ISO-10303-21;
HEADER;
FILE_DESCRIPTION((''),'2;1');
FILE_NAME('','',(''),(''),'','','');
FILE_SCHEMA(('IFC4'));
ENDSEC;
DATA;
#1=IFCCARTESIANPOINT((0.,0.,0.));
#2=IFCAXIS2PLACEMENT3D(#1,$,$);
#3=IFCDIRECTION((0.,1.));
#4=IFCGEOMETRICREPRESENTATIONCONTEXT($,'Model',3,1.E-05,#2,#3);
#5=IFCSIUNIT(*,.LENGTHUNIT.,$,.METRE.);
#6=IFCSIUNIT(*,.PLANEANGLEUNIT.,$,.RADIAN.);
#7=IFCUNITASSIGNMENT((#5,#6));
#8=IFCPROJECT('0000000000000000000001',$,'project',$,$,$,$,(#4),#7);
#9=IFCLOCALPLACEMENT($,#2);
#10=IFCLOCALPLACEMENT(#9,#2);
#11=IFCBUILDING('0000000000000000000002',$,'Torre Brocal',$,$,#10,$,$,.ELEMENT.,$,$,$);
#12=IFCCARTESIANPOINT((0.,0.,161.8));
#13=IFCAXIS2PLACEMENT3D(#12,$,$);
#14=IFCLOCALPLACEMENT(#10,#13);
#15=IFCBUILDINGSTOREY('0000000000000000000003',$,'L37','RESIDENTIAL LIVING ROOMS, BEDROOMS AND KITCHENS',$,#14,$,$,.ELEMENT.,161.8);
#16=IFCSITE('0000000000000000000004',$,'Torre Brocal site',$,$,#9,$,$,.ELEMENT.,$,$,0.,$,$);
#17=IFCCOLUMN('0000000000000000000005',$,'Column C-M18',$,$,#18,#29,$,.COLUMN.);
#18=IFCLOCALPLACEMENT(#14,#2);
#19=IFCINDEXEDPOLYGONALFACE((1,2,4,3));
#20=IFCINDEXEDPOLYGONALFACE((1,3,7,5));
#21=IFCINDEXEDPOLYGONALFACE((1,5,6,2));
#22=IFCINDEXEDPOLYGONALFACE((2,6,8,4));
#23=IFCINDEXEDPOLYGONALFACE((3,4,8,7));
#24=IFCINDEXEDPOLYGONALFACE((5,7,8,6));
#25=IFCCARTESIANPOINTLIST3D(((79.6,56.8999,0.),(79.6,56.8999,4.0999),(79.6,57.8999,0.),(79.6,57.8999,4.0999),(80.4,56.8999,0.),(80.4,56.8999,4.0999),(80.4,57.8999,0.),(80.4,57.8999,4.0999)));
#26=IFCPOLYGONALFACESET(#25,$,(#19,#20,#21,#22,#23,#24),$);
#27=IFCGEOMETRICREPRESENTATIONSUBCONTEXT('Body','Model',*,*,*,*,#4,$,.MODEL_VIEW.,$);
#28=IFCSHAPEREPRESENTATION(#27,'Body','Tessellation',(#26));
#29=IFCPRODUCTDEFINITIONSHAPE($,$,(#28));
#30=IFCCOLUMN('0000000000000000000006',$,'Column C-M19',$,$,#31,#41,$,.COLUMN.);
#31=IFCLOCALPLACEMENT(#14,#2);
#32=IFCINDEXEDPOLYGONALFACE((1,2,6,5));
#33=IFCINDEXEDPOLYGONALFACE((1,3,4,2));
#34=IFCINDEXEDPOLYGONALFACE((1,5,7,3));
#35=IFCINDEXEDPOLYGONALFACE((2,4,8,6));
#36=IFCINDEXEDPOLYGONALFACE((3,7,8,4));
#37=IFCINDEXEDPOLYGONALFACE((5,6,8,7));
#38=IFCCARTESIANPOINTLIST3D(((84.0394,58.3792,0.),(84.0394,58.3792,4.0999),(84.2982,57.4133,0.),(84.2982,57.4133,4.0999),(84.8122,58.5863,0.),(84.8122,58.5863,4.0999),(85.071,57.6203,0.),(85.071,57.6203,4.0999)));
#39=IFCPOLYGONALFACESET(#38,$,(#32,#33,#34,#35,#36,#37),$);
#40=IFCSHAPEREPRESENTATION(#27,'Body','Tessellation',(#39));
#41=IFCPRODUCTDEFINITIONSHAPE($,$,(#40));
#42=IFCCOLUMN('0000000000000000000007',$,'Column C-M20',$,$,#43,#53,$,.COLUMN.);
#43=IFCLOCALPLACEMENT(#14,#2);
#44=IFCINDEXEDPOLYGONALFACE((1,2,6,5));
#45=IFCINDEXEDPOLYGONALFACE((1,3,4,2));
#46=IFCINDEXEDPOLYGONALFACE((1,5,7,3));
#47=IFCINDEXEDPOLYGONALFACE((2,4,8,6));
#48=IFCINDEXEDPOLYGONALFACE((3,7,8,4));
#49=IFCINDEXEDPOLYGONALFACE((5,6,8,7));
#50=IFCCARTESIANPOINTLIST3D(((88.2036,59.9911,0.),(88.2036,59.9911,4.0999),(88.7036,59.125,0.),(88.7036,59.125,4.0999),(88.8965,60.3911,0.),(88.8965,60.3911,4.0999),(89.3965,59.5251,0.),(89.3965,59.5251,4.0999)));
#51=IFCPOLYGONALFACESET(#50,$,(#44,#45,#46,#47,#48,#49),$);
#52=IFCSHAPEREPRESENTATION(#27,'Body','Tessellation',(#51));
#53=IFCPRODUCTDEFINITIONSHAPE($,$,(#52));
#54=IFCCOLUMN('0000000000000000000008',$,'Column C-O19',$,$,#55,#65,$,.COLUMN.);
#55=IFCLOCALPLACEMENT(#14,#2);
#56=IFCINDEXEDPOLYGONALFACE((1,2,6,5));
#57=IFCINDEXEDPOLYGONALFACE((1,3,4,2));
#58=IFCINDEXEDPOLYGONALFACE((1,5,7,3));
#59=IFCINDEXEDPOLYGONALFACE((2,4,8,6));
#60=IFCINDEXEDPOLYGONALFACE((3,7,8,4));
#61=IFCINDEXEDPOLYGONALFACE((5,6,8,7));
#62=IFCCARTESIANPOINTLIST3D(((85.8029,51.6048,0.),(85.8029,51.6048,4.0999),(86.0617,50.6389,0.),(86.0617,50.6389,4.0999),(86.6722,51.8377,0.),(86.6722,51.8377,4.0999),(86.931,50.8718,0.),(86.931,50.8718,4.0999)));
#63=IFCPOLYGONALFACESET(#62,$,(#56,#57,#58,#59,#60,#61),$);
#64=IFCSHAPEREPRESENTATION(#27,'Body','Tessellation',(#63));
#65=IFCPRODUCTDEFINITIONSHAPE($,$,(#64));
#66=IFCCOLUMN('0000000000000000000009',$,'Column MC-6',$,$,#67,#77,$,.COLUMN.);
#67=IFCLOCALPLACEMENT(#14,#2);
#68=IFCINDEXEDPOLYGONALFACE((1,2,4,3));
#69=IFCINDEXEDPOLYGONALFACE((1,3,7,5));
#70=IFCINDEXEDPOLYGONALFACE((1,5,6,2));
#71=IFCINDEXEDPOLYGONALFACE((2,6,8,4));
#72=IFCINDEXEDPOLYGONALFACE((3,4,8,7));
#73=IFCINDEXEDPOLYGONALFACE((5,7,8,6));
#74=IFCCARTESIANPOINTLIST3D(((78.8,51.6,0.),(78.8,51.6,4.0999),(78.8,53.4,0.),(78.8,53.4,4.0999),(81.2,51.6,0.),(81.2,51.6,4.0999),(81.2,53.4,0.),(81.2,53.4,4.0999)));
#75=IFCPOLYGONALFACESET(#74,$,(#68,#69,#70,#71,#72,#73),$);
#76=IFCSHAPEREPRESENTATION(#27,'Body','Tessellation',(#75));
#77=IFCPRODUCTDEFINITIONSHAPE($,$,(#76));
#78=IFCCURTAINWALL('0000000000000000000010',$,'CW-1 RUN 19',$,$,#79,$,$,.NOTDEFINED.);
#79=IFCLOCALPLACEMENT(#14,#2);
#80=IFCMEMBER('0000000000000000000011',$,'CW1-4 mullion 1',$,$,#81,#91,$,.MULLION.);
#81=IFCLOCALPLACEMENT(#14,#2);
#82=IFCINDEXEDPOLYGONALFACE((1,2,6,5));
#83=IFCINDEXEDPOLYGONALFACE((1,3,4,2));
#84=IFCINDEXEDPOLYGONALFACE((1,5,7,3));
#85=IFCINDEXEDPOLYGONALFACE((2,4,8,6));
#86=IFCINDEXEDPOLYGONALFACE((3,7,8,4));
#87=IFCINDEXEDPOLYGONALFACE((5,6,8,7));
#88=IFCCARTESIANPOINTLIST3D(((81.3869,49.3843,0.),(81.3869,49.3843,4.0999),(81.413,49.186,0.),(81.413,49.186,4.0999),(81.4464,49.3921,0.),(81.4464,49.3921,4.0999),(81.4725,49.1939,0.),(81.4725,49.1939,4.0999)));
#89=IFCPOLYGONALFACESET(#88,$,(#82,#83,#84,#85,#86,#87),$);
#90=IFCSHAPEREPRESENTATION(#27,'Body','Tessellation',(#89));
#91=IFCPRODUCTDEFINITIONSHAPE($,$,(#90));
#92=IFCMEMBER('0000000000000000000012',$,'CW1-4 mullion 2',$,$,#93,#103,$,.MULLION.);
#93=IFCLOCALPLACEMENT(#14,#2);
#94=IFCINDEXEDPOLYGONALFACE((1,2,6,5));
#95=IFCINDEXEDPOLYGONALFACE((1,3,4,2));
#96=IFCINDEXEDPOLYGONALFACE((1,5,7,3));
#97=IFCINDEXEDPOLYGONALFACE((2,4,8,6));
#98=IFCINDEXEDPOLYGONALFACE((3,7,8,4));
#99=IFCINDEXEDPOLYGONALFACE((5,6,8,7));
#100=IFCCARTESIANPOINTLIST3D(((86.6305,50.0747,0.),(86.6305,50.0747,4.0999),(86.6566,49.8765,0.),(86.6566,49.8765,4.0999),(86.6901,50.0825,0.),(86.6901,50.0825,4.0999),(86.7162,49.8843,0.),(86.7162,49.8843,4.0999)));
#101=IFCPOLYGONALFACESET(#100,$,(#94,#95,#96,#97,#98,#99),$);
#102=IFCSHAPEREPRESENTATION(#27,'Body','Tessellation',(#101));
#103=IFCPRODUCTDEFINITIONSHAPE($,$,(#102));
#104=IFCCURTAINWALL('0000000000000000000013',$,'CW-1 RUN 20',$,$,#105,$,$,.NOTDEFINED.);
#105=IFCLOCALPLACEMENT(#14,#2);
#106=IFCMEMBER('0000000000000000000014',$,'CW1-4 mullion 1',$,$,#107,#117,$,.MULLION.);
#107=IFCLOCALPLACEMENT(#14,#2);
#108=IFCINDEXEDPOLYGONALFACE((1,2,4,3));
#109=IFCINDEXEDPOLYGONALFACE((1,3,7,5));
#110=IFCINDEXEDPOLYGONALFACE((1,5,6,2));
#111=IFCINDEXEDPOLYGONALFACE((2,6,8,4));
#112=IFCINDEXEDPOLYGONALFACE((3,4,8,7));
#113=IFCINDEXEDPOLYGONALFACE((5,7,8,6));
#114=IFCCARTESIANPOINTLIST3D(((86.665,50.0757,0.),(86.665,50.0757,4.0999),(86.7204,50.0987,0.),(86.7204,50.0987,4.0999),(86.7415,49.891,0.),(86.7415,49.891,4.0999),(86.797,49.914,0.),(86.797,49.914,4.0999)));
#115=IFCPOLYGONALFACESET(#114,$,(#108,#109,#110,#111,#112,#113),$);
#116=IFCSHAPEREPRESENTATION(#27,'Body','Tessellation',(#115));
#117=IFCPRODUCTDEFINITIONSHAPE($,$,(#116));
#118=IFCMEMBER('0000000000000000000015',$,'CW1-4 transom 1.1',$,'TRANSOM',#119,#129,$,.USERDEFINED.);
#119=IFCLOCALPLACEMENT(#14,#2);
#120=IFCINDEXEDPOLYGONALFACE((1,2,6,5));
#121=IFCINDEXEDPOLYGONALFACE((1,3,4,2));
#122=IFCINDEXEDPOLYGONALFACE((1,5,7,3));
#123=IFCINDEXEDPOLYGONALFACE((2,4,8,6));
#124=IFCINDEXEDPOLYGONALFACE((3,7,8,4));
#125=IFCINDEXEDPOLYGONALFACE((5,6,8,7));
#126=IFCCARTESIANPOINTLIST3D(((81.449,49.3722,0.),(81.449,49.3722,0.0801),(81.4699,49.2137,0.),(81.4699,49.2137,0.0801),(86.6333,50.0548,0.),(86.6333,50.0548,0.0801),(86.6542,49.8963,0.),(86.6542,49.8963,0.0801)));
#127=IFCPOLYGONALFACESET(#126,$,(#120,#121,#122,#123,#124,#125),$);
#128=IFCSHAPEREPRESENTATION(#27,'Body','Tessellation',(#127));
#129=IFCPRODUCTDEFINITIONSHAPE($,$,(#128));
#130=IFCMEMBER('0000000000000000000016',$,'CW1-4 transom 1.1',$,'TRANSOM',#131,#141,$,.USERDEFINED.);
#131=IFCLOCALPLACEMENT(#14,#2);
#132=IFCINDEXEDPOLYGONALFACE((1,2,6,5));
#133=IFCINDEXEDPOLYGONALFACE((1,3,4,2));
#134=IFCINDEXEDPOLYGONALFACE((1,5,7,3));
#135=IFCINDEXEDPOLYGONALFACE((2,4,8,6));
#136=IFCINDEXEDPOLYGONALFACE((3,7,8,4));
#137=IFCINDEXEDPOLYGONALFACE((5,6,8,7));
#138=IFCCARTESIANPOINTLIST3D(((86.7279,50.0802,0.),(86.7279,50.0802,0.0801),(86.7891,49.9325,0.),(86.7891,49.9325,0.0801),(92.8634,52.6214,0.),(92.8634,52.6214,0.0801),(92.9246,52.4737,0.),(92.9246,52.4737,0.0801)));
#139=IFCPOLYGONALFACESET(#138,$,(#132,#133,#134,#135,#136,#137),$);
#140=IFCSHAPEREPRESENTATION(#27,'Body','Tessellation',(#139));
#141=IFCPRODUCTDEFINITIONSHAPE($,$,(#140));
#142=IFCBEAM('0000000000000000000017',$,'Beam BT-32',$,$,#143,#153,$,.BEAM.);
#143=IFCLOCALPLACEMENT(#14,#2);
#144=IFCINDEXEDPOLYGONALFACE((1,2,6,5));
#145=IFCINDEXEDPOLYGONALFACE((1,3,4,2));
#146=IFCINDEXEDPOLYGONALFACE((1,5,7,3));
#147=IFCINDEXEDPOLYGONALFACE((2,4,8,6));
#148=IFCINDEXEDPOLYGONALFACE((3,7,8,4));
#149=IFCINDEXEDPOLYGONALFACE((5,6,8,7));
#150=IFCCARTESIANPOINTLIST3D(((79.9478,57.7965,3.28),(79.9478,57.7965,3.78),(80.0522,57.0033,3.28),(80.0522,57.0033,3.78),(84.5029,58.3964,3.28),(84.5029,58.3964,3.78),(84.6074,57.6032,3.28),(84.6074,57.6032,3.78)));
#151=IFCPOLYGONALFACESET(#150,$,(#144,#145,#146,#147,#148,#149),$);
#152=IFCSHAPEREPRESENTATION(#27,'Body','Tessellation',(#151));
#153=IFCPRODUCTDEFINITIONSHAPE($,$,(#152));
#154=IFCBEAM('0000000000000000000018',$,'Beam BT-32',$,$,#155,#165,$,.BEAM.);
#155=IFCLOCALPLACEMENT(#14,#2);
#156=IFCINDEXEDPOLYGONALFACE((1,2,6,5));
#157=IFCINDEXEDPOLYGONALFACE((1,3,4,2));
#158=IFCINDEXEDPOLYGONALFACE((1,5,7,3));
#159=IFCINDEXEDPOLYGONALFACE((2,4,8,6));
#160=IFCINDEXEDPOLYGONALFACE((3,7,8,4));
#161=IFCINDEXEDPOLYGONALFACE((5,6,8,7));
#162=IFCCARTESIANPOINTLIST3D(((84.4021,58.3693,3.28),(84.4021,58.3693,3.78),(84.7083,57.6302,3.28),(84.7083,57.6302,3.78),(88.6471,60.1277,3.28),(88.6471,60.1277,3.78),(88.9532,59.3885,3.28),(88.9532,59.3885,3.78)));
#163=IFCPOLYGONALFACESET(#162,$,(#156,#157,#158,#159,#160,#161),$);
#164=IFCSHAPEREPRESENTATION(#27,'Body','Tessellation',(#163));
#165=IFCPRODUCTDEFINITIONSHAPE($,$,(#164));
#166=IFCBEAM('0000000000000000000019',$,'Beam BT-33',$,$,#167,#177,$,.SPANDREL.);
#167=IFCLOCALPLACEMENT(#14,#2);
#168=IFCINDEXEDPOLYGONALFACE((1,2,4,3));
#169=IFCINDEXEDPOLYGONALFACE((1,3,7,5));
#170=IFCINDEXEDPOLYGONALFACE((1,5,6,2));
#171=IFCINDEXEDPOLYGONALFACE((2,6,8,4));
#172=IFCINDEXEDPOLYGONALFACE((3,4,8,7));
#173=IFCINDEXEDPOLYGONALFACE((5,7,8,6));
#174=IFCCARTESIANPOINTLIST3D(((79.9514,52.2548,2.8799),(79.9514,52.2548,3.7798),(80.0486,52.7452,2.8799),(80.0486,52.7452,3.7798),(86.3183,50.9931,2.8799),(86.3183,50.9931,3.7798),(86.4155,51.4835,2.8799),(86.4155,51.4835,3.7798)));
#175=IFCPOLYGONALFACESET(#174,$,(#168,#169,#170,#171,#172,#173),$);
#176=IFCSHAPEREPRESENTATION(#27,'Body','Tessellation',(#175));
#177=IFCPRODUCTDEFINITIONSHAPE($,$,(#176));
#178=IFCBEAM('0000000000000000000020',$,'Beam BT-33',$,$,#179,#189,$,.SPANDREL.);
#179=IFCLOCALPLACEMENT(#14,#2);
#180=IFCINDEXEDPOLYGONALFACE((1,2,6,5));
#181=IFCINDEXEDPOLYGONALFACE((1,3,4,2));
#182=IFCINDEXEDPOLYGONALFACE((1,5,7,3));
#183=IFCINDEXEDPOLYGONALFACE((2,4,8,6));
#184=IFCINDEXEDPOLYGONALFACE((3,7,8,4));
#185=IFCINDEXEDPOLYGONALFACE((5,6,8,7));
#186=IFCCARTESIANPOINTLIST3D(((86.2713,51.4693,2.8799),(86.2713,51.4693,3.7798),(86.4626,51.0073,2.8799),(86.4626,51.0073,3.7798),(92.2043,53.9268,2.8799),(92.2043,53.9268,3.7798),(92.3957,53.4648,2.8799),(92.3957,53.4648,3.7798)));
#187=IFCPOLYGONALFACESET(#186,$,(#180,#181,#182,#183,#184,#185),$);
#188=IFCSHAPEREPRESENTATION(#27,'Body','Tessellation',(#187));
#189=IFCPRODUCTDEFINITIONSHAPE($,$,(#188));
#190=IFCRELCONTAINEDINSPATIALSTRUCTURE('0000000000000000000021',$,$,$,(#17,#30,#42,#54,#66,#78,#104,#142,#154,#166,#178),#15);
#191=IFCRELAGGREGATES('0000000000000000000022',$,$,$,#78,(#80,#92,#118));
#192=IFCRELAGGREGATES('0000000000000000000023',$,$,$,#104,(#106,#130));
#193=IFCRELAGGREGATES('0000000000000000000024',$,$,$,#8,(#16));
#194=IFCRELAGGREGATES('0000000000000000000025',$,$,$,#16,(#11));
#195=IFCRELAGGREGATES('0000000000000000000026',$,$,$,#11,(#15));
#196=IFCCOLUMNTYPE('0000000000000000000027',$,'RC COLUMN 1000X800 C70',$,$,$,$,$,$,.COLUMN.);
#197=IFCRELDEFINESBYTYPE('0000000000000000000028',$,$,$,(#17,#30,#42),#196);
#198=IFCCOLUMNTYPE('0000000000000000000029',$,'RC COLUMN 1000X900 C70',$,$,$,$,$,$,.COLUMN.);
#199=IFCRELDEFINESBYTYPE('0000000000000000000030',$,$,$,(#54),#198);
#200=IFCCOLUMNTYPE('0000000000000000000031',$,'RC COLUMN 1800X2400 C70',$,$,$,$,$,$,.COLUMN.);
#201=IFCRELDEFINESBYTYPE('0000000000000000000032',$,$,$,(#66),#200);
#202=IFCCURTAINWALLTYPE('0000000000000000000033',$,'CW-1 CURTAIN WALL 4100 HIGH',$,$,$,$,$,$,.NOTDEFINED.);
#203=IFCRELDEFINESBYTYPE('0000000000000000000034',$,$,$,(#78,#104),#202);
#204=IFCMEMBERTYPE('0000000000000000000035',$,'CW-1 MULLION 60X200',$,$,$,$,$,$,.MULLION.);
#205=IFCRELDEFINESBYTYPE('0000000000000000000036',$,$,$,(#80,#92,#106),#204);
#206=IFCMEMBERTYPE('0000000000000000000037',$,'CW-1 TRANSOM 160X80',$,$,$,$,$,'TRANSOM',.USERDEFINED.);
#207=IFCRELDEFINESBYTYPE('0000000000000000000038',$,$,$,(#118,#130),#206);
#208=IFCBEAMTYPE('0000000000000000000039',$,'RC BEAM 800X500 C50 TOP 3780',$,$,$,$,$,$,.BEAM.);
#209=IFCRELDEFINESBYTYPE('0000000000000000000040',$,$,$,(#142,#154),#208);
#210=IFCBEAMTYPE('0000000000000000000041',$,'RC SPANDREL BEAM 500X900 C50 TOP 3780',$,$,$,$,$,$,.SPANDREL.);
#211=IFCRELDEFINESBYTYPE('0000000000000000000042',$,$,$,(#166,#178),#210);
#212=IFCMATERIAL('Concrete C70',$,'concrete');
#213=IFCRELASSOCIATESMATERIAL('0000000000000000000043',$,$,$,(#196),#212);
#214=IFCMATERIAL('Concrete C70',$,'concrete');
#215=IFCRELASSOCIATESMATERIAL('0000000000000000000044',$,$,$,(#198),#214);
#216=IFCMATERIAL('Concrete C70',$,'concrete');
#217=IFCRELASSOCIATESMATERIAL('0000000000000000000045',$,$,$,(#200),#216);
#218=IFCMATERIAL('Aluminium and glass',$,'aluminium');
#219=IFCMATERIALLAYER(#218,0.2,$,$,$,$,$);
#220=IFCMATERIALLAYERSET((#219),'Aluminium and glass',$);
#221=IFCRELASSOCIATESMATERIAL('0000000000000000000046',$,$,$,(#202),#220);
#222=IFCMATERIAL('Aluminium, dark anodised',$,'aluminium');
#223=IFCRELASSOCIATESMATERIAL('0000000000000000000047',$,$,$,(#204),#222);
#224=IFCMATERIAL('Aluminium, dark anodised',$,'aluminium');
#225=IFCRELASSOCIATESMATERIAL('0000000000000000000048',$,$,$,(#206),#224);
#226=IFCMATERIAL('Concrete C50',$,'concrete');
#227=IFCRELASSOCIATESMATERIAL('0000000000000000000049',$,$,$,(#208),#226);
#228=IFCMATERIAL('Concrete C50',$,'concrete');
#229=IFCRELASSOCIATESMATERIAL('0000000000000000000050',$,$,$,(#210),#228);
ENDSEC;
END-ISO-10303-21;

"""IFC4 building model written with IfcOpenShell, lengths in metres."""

from ifc_helpers import new_model, si_unit, direction, frame, origin, origin_2d, place, context, subcontext, project, spatial, rectangle, extrude, material, layer, layer_set, material_profile, profile_set, type_object, element, aggregate, save


model = new_model("IFC4")

# Units and contexts
model_context = context("Model", 3, precision=1e-05, world=origin(), true_north=direction((0.0, 1.0)))
body_context = subcontext(model_context, "Body", "Model", "MODEL_VIEW")
ifc_project = project(units=[si_unit("LENGTHUNIT", "METRE"), si_unit("PLANEANGLEUNIT", "RADIAN")], contexts=[model_context])

# Site, building, storey
site_placement = place(None, origin())
site = spatial("IfcSite", under=ifc_project, at=site_placement, Name="Torre Brocal site", CompositionType="ELEMENT", RefElevation=0.0)
building_placement = place(site_placement, origin())
building = spatial("IfcBuilding", under=site, at=building_placement, Name="Torre Brocal", CompositionType="ELEMENT")
storey_placement = place(building_placement, frame((0.0, 0.0, 161.8)))
storey = spatial("IfcBuildingStorey", under=building, at=storey_placement, Name="L37", Description="RESIDENTIAL LIVING ROOMS, BEDROOMS AND KITCHENS", CompositionType="ELEMENT", Elevation=161.8)

# Columns
ifc_material_1 = material(Name="Concrete C70", Category="concrete")
ifc_material_profile_1 = material_profile(ifc_material_1, rectangle(XDim=1.0, YDim=0.8, at=origin_2d()), Name="RC 1000X800")
ifc_profile_set_1 = profile_set([ifc_material_profile_1], Name="Concrete C70")
column_type_1 = type_object("IfcColumnType", Name="RC COLUMN 1000X800 C70", PredefinedType="COLUMN", material=ifc_profile_set_1)
for number, where, z_axis, x_axis, name in (
    (1, (80.0, 57.3999, 0.0), (0.0, 0.0, 1.0), (0.0, -1.0, 0.0), "Column C-M18"),
    (2, (84.5552, 57.9998, 0.0), (0.0, 0.0, 1.0), (0.258819, -0.965926, 0.0), "Column C-M19"),
    (3, (88.8, 59.7581, 0.0), (0.0, 0.0, 1.0), (0.5, -0.866025, 0.0), "Column C-M20"),
):
    element("IfcColumn", number, at=place(storey_placement, frame(where, z_axis=z_axis, x_axis=x_axis)), inside=storey, type_object=column_type_1, Name=name, PredefinedType="COLUMN", context=body_context, shape_type="SweptSolid", body=[
        extrude(rectangle(XDim=1.0, YDim=0.8, at=origin_2d()), origin(), (0.0, 0.0, 1.0), 4.0999),
    ])
ifc_material_2 = material(Name="Concrete C70", Category="concrete")
ifc_material_profile_2 = material_profile(ifc_material_2, rectangle(XDim=1.0, YDim=0.8999, at=origin_2d()), Name="RC 1000X900")
ifc_profile_set_2 = profile_set([ifc_material_profile_2], Name="Concrete C70")
column_type_2 = type_object("IfcColumnType", Name="RC COLUMN 1000X900 C70", PredefinedType="COLUMN", material=ifc_profile_set_2)
column_1_placement = place(storey_placement, frame((86.3669, 51.2383, 0.0), z_axis=(0.0, 0.0, 1.0), x_axis=(0.258819, -0.965926, 0.0)))
element("IfcColumn", 4, at=column_1_placement, inside=storey, type_object=column_type_2, Name="Column C-O19", PredefinedType="COLUMN", context=body_context, shape_type="SweptSolid", body=[
    extrude(rectangle(XDim=1.0, YDim=0.8999, at=origin_2d()), origin(), (0.0, 0.0, 1.0), 4.0999),
])
ifc_material_3 = material(Name="Concrete C70", Category="concrete")
ifc_material_profile_3 = material_profile(ifc_material_3, rectangle(XDim=1.8, YDim=2.3999, at=origin_2d()), Name="RC 1800X2400")
ifc_profile_set_3 = profile_set([ifc_material_profile_3], Name="Concrete C70")
column_type_3 = type_object("IfcColumnType", Name="RC COLUMN 1800X2400 C70", PredefinedType="COLUMN", material=ifc_profile_set_3)
column_2_placement = place(storey_placement, frame((80.0, 52.5, 0.0), z_axis=(0.0, 0.0, 1.0), x_axis=(0.0, -1.0, 0.0)))
element("IfcColumn", 5, at=column_2_placement, inside=storey, type_object=column_type_3, Name="Column MC-6", PredefinedType="COLUMN", context=body_context, shape_type="SweptSolid", body=[
    extrude(rectangle(XDim=1.8, YDim=2.3999, at=origin_2d()), origin(), (0.0, 0.0, 1.0), 4.0999),
])

# Curtain wall, members
ifc_material_4 = material(Name="Aluminium and glass", Category="aluminium")
ifc_layer_1 = layer(ifc_material_4, 0.2)
ifc_layer_set_1 = layer_set([ifc_layer_1], Name="Aluminium and glass")
curtain_wall_type = type_object("IfcCurtainWallType", Name="CW-1 CURTAIN WALL 4100 HIGH", PredefinedType="NOTDEFINED", material=ifc_layer_set_1)
curtain_wall_1_placement = place(storey_placement, origin())
curtain_wall_1 = element("IfcCurtainWall", 6, at=curtain_wall_1_placement, inside=storey, type_object=curtain_wall_type, Name="CW-1 RUN 19", PredefinedType="NOTDEFINED")
ifc_material_5 = material(Name="Aluminium, dark anodised", Category="aluminium")
ifc_material_profile_4 = material_profile(ifc_material_5, rectangle(XDim=0.2, YDim=0.0601, at=origin_2d()), Name="CW-1 MULLION 60X200")
ifc_profile_set_4 = profile_set([ifc_material_profile_4], Name="Aluminium, dark anodised")
member_type_1 = type_object("IfcMemberType", Name="CW-1 MULLION 60X200", PredefinedType="MULLION", material=ifc_profile_set_4)
member_1_placement = place(storey_placement, frame((81.4297, 49.2891, 0.0), z_axis=(0.0, 0.0, 1.0), x_axis=(-0.130526, 0.991445, 0.0)))
member_1 = element("IfcMember", 7, at=member_1_placement, type_object=member_type_1, Name="CW1-4 mullion 1", PredefinedType="MULLION", context=body_context, shape_type="SweptSolid", body=[
    extrude(rectangle(XDim=0.2, YDim=0.0601, at=origin_2d()), origin(), (0.0, 0.0, 1.0), 4.0999),
])
member_2_placement = place(storey_placement, frame((86.6733, 49.9795, 0.0), z_axis=(0.0, 0.0, 1.0), x_axis=(-0.130526, 0.991445, 0.0)))
member_2 = element("IfcMember", 8, at=member_2_placement, type_object=member_type_1, Name="CW1-4 mullion 2", PredefinedType="MULLION", context=body_context, shape_type="SweptSolid", body=[
    extrude(rectangle(XDim=0.2, YDim=0.0601, at=origin_2d()), origin(), (0.0, 0.0, 1.0), 4.0999),
])

# Curtain wall, member
curtain_wall_2_placement = place(storey_placement, origin())
curtain_wall_2 = element("IfcCurtainWall", 9, at=curtain_wall_2_placement, inside=storey, type_object=curtain_wall_type, Name="CW-1 RUN 20", PredefinedType="NOTDEFINED")
member_3_placement = place(storey_placement, frame((86.731, 49.9949, 0.0), z_axis=(0.0, 0.0, 1.0), x_axis=(-0.382683, 0.92388, 0.0)))
member_3 = element("IfcMember", 10, at=member_3_placement, type_object=member_type_1, Name="CW1-4 mullion 1", PredefinedType="MULLION", context=body_context, shape_type="SweptSolid", body=[
    extrude(rectangle(XDim=0.2, YDim=0.0601, at=origin_2d()), origin(), (0.0, 0.0, 1.0), 4.0999),
])

# Members
ifc_material_6 = material(Name="Aluminium, dark anodised", Category="aluminium")
ifc_material_profile_5 = material_profile(ifc_material_6, rectangle(XDim=0.1599, YDim=0.0801, at=origin_2d()), Name="CW-1 TRANSOM 160X80")
ifc_profile_set_5 = profile_set([ifc_material_profile_5], Name="Aluminium, dark anodised")
member_type_2 = type_object("IfcMemberType", Name="CW-1 TRANSOM 160X80", ElementType="TRANSOM", PredefinedType="USERDEFINED", material=ifc_profile_set_5)
member_4_placement = place(storey_placement, frame((81.4595, 49.293, 0.04), z_axis=(0.991443, 0.130543, 0.0), x_axis=(-0.130543, 0.991443, 0.0)))
member_4 = element("IfcMember", 11, at=member_4_placement, type_object=member_type_2, Name="CW1-4 transom 1.1", ObjectType="TRANSOM", PredefinedType="USERDEFINED", context=body_context, shape_type="SweptSolid", body=[
    extrude(rectangle(XDim=0.1599, YDim=0.0801, at=origin_2d()), origin(), (0.0, 0.0, 1.0), 5.229),
])
member_5_placement = place(storey_placement, frame((86.7585, 50.0063, 0.04), z_axis=(0.923887, 0.382665, 0.0), x_axis=(-0.382665, 0.923887, 0.0)))
member_5 = element("IfcMember", 12, at=member_5_placement, type_object=member_type_2, Name="CW1-4 transom 1.1", ObjectType="TRANSOM", PredefinedType="USERDEFINED", context=body_context, shape_type="SweptSolid", body=[
    extrude(rectangle(XDim=0.1599, YDim=0.0801, at=origin_2d()), origin(), (0.0, 0.0, 1.0), 6.6409),
])

# Beams
ifc_material_7 = material(Name="Concrete C50", Category="concrete")
ifc_material_profile_6 = material_profile(ifc_material_7, rectangle(XDim=0.8, YDim=0.5, at=origin_2d()), Name="RC 800X500")
ifc_profile_set_6 = profile_set([ifc_material_profile_6], Name="Concrete C50")
beam_type_1 = type_object("IfcBeamType", Name="RC BEAM 800X500 C50 TOP 3780", PredefinedType="BEAM", material=ifc_profile_set_6)
beam_1_placement = place(storey_placement, frame((80.0, 57.3999, 3.53), z_axis=(0.991441, 0.130559, 0.0), x_axis=(-0.130559, 0.991441, 0.0)))
element("IfcBeam", 13, at=beam_1_placement, inside=storey, type_object=beam_type_1, Name="Beam BT-32", PredefinedType="BEAM", context=body_context, shape_type="SweptSolid", body=[
    extrude(rectangle(XDim=0.8, YDim=0.5, at=origin_2d()), origin(), (0.0, 0.0, 1.0), 4.5945),
])
beam_2_placement = place(storey_placement, frame((84.5552, 57.9998, 3.53), z_axis=(0.923878, 0.382687, 0.0), x_axis=(-0.382687, 0.923878, 0.0)))
element("IfcBeam", 14, at=beam_2_placement, inside=storey, type_object=beam_type_1, Name="Beam BT-32", PredefinedType="BEAM", context=body_context, shape_type="SweptSolid", body=[
    extrude(rectangle(XDim=0.8, YDim=0.5, at=origin_2d()), origin(), (0.0, 0.0, 1.0), 4.5947),
])
ifc_material_8 = material(Name="Concrete C50", Category="concrete")
ifc_material_profile_7 = material_profile(ifc_material_8, rectangle(XDim=0.5, YDim=0.8999, at=origin_2d()), Name="RC 500X900")
ifc_profile_set_7 = profile_set([ifc_material_profile_7], Name="Concrete C50")
beam_type_2 = type_object("IfcBeamType", Name="RC SPANDREL BEAM 500X900 C50 TOP 3780", PredefinedType="SPANDREL", material=ifc_profile_set_7)
beam_3_placement = place(storey_placement, frame((80.0, 52.5, 3.3298), z_axis=(0.980925, -0.194387, 0.0), x_axis=(0.194387, 0.980925, 0.0)))
element("IfcBeam", 15, at=beam_3_placement, inside=storey, type_object=beam_type_2, Name="Beam BT-33", PredefinedType="SPANDREL", context=body_context, shape_type="SweptSolid", body=[
    extrude(rectangle(XDim=0.5, YDim=0.8999, at=origin_2d()), origin(), (0.0, 0.0, 1.0), 6.4907),
])
beam_4_placement = place(storey_placement, frame((86.3669, 51.2383, 3.3298), z_axis=(0.923882, 0.382676, 0.0), x_axis=(-0.382676, 0.923882, 0.0)))
element("IfcBeam", 16, at=beam_4_placement, inside=storey, type_object=beam_type_2, Name="Beam BT-33", PredefinedType="SPANDREL", context=body_context, shape_type="SweptSolid", body=[
    extrude(rectangle(XDim=0.5, YDim=0.8999, at=origin_2d()), origin(), (0.0, 0.0, 1.0), 6.4219),
])

aggregate(curtain_wall_1, [member_1, member_2, member_4])
aggregate(curtain_wall_2, [member_3, member_5])

save(model, "model.ifc")
